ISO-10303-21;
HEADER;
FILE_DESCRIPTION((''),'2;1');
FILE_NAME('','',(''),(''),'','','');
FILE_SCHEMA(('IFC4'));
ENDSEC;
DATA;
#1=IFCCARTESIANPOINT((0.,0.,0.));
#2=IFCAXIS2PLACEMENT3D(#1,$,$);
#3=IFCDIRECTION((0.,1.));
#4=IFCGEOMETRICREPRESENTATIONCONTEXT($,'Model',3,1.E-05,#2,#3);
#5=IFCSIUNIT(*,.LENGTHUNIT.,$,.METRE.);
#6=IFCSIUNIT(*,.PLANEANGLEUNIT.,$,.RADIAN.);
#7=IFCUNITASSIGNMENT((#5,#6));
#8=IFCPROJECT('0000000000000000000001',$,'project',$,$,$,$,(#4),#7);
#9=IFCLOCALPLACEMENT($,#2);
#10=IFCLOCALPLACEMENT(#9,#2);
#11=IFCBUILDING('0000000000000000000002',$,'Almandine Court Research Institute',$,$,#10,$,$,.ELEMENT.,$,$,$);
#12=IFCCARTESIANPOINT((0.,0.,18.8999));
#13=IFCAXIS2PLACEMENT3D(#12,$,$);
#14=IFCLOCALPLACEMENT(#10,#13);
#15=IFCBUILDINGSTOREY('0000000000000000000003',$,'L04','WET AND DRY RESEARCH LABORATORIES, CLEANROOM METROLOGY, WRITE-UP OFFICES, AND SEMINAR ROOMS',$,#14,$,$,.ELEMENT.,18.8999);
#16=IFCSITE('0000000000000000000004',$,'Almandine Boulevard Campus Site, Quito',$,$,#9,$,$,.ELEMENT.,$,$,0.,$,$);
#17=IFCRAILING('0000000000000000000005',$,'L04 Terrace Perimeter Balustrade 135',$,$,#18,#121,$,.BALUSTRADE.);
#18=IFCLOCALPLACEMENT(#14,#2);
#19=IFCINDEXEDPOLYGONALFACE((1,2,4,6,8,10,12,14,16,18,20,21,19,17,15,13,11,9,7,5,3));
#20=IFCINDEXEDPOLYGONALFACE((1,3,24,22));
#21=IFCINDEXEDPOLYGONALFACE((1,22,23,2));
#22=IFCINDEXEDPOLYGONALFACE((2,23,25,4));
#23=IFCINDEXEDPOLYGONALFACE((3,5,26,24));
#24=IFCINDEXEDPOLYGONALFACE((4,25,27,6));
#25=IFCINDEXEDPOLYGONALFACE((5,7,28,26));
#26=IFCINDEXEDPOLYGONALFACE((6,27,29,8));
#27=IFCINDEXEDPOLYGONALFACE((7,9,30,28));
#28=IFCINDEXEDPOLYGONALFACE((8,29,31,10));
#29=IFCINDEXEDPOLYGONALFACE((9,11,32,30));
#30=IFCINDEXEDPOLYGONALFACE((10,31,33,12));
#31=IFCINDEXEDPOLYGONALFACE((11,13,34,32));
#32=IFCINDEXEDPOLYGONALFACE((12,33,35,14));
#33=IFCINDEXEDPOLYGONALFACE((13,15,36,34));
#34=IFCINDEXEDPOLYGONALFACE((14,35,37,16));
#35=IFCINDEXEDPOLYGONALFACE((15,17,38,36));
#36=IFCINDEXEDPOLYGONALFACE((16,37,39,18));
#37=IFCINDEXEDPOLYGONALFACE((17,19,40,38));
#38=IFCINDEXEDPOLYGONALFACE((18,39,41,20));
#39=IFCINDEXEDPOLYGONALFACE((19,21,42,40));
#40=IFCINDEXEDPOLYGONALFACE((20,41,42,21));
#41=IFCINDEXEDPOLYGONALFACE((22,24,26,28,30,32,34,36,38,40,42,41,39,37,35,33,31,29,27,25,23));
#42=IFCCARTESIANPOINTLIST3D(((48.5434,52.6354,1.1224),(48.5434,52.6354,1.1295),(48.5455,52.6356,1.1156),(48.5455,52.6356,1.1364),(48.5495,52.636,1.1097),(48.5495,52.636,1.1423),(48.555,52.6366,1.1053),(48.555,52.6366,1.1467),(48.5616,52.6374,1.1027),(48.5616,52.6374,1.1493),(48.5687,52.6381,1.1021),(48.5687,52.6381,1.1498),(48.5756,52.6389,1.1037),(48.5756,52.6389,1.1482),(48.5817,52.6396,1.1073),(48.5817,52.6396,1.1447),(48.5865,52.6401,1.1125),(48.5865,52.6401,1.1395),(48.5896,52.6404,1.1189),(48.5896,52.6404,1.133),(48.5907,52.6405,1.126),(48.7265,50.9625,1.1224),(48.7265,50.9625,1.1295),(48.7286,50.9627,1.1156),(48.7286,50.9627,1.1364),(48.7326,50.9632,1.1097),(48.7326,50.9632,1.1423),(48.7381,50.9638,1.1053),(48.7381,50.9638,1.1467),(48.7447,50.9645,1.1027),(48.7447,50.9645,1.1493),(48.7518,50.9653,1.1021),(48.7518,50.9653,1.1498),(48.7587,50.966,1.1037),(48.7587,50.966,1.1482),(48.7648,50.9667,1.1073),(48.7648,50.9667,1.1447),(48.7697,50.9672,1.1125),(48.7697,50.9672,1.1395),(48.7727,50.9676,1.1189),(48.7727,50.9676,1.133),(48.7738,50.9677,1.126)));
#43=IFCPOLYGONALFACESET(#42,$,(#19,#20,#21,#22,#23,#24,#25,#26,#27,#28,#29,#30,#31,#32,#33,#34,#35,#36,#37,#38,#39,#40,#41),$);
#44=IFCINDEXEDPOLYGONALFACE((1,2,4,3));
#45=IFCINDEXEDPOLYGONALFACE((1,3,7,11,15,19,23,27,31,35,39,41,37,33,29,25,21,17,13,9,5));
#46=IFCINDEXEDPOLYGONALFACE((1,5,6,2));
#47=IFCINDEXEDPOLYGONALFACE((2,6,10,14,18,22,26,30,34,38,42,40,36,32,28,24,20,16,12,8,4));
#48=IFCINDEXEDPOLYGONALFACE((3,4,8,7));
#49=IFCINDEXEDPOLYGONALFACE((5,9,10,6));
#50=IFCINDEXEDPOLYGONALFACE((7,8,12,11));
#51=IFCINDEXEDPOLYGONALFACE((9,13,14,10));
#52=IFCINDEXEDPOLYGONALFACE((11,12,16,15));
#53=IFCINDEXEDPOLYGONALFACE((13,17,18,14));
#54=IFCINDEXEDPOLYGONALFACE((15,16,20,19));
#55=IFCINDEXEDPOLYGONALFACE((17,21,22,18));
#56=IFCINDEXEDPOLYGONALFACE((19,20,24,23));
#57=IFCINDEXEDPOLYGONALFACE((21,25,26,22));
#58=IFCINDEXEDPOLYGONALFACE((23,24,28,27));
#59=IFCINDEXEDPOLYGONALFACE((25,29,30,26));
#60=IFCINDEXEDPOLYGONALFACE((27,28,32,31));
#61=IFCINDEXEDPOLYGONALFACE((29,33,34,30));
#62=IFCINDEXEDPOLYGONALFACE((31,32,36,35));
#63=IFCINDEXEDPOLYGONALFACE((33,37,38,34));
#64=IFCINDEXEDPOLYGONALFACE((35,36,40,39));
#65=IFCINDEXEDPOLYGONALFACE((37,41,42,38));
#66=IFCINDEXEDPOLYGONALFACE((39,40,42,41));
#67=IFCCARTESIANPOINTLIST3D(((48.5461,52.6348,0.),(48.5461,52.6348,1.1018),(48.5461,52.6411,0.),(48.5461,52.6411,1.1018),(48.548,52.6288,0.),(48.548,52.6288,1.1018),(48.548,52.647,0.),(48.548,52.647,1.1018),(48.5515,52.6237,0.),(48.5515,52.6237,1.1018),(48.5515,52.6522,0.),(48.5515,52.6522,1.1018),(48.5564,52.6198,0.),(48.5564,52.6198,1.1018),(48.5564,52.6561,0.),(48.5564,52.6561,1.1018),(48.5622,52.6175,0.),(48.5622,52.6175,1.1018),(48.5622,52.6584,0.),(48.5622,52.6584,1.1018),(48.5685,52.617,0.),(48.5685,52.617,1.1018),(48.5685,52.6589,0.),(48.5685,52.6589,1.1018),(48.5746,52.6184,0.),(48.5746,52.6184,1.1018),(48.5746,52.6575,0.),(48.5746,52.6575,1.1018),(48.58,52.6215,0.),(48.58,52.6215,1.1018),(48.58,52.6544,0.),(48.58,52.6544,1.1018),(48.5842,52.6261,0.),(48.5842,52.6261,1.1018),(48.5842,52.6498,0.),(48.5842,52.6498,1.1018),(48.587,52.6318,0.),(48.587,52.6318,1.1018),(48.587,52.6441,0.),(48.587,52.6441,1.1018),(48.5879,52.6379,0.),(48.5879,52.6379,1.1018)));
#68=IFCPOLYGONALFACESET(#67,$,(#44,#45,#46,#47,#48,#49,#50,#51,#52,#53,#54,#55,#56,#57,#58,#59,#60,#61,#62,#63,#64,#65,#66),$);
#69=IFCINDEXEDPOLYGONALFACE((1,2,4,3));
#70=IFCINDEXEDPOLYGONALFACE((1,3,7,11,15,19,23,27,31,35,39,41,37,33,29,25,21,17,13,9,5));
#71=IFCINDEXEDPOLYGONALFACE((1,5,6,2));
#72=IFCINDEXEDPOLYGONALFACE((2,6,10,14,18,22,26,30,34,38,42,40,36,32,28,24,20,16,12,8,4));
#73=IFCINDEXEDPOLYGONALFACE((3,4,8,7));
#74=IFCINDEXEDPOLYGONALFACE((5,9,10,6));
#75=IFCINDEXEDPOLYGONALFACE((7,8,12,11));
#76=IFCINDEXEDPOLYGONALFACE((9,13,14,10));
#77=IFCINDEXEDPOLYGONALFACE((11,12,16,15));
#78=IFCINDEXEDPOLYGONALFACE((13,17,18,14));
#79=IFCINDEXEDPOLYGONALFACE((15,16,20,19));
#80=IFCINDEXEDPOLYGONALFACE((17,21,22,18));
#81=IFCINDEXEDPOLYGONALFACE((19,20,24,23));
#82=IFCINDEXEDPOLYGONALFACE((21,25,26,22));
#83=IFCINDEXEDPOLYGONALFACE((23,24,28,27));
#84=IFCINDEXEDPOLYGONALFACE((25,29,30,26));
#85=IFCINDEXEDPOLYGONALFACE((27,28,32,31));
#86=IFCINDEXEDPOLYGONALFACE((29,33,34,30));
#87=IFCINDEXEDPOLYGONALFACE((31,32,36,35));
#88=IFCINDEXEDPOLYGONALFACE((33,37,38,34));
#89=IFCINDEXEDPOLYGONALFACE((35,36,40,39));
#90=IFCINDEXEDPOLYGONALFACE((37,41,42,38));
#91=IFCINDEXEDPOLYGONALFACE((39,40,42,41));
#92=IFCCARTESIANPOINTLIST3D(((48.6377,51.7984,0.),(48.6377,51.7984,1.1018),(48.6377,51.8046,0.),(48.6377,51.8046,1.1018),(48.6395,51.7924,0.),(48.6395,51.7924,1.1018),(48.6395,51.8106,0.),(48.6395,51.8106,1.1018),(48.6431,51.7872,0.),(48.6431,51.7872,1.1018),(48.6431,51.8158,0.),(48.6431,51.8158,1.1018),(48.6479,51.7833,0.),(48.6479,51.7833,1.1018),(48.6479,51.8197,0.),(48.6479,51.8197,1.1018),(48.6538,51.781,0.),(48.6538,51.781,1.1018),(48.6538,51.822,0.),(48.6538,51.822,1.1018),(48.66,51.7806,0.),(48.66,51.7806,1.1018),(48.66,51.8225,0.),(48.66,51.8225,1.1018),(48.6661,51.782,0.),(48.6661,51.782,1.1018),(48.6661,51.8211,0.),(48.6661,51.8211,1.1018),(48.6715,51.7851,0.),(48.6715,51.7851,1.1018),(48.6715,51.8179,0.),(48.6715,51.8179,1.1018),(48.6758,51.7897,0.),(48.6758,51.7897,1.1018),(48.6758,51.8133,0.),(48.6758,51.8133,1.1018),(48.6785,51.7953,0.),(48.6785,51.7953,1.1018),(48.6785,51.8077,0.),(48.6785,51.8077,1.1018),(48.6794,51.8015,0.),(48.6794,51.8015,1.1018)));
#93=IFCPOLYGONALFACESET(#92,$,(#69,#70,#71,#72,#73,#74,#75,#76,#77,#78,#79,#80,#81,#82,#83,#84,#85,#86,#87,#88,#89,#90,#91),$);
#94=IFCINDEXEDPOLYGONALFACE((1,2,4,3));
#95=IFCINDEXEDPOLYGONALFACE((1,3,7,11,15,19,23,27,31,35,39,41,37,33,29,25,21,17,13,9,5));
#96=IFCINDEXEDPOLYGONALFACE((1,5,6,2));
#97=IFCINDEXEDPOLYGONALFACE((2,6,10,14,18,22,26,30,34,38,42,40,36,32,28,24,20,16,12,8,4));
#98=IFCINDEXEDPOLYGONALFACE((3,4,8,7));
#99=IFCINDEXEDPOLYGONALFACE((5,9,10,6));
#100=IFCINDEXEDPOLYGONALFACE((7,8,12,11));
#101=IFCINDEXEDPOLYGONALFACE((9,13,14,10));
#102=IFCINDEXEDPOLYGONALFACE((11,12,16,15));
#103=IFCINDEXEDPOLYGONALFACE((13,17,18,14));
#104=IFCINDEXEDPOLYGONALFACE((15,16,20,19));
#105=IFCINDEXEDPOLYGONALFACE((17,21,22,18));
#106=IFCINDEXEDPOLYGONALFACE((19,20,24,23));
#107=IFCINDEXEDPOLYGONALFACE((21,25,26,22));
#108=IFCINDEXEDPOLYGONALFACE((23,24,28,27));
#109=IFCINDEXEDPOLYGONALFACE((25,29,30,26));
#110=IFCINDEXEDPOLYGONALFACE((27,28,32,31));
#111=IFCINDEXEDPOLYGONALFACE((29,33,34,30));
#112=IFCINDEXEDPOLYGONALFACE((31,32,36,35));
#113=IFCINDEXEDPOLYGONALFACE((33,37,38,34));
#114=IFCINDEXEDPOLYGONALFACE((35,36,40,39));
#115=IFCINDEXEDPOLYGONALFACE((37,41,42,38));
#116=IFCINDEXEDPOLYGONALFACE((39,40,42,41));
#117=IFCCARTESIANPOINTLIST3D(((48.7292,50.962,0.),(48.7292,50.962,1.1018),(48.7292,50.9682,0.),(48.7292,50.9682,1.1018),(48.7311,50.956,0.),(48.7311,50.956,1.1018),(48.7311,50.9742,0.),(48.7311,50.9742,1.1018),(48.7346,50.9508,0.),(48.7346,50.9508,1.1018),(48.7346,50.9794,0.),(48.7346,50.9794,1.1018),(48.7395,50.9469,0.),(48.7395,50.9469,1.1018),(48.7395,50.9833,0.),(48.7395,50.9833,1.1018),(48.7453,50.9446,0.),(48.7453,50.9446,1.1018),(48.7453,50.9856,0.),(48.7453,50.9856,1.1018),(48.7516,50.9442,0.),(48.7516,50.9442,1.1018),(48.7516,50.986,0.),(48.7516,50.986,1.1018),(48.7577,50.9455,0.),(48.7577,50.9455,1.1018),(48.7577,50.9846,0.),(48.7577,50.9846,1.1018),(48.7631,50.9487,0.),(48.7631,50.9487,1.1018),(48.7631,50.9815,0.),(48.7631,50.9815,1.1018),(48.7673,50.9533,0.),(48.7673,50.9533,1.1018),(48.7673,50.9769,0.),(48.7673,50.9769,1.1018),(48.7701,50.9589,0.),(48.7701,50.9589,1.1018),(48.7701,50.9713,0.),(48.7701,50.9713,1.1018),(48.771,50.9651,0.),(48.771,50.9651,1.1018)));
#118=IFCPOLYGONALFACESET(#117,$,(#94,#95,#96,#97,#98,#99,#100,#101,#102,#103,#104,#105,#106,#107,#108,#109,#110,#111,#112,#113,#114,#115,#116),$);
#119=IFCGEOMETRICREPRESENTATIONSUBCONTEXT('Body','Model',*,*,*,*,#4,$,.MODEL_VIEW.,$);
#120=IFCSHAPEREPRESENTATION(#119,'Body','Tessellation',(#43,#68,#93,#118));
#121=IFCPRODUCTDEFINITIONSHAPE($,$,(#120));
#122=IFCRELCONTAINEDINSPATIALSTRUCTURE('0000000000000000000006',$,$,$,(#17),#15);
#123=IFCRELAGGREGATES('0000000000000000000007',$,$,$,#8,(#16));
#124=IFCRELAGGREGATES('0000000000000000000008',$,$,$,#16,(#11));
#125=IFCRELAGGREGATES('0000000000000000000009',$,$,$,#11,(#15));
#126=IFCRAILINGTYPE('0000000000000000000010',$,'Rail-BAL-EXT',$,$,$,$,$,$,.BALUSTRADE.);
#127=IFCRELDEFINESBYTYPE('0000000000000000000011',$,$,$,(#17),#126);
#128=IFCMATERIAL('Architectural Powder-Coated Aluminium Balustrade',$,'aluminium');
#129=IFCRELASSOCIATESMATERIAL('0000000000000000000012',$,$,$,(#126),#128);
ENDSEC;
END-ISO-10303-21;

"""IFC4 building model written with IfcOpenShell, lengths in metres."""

from ifc_helpers import new_model, si_unit, direction, frame, origin, origin_2d, place, context, subcontext, project, spatial, circle, extrude, material, type_object, element, save


model = new_model("IFC4")

# Units and contexts
model_context = context("Model", 3, precision=1e-05, world=origin(), true_north=direction((0.0, 1.0)))
body_context = subcontext(model_context, "Body", "Model", "MODEL_VIEW")
ifc_project = project(units=[si_unit("LENGTHUNIT", "METRE"), si_unit("PLANEANGLEUNIT", "RADIAN")], contexts=[model_context])

# Site, building, storey
site_placement = place(None, origin())
site = spatial("IfcSite", under=ifc_project, at=site_placement, Name="Almandine Boulevard Campus Site, Quito", CompositionType="ELEMENT", RefElevation=0.0)
building_placement = place(site_placement, origin())
building = spatial("IfcBuilding", under=site, at=building_placement, Name="Almandine Court Research Institute", CompositionType="ELEMENT")
storey_placement = place(building_placement, frame((0.0, 0.0, 18.8999)))
storey = spatial("IfcBuildingStorey", under=building, at=storey_placement, Name="L04", Description="WET AND DRY RESEARCH LABORATORIES, CLEANROOM METROLOGY, WRITE-UP OFFICES, AND SEMINAR ROOMS", CompositionType="ELEMENT", Elevation=18.8999)

# Railing
ifc_material_1 = material(Name="Architectural Powder-Coated Aluminium Balustrade", Category="aluminium")
railing_type = type_object("IfcRailingType", Name="Rail-BAL-EXT", PredefinedType="BALUSTRADE", material=ifc_material_1)
railing_1_placement = place(storey_placement, frame((48.5669, 52.6379, 0.0)))
element("IfcRailing", 1, at=railing_1_placement, inside=storey, type_object=railing_type, Name="L04 Terrace Perimeter Balustrade 135", PredefinedType="BALUSTRADE", context=body_context, shape_type="SweptSolid", body=[
    extrude(circle(Radius=0.0239, at=origin_2d()), frame((0.0, 0.0, 1.126), z_axis=(0.108807, -0.994063, 0.0), x_axis=(0.994063, 0.108807, 0.0)), (0.0, 0.0, 1.0), 1.6829),
    extrude(circle(Radius=0.021, at=origin_2d()), origin(), (0.0, 0.0, 1.0), 1.1018),
    extrude(circle(Radius=0.021, at=origin_2d()), frame((0.0916, -0.8364, 0.0)), (0.0, 0.0, 1.0), 1.1018),
    extrude(circle(Radius=0.021, at=origin_2d()), frame((0.1831, -1.6729, 0.0)), (0.0, 0.0, 1.0), 1.1018),
])

save(model, "model.ifc")
